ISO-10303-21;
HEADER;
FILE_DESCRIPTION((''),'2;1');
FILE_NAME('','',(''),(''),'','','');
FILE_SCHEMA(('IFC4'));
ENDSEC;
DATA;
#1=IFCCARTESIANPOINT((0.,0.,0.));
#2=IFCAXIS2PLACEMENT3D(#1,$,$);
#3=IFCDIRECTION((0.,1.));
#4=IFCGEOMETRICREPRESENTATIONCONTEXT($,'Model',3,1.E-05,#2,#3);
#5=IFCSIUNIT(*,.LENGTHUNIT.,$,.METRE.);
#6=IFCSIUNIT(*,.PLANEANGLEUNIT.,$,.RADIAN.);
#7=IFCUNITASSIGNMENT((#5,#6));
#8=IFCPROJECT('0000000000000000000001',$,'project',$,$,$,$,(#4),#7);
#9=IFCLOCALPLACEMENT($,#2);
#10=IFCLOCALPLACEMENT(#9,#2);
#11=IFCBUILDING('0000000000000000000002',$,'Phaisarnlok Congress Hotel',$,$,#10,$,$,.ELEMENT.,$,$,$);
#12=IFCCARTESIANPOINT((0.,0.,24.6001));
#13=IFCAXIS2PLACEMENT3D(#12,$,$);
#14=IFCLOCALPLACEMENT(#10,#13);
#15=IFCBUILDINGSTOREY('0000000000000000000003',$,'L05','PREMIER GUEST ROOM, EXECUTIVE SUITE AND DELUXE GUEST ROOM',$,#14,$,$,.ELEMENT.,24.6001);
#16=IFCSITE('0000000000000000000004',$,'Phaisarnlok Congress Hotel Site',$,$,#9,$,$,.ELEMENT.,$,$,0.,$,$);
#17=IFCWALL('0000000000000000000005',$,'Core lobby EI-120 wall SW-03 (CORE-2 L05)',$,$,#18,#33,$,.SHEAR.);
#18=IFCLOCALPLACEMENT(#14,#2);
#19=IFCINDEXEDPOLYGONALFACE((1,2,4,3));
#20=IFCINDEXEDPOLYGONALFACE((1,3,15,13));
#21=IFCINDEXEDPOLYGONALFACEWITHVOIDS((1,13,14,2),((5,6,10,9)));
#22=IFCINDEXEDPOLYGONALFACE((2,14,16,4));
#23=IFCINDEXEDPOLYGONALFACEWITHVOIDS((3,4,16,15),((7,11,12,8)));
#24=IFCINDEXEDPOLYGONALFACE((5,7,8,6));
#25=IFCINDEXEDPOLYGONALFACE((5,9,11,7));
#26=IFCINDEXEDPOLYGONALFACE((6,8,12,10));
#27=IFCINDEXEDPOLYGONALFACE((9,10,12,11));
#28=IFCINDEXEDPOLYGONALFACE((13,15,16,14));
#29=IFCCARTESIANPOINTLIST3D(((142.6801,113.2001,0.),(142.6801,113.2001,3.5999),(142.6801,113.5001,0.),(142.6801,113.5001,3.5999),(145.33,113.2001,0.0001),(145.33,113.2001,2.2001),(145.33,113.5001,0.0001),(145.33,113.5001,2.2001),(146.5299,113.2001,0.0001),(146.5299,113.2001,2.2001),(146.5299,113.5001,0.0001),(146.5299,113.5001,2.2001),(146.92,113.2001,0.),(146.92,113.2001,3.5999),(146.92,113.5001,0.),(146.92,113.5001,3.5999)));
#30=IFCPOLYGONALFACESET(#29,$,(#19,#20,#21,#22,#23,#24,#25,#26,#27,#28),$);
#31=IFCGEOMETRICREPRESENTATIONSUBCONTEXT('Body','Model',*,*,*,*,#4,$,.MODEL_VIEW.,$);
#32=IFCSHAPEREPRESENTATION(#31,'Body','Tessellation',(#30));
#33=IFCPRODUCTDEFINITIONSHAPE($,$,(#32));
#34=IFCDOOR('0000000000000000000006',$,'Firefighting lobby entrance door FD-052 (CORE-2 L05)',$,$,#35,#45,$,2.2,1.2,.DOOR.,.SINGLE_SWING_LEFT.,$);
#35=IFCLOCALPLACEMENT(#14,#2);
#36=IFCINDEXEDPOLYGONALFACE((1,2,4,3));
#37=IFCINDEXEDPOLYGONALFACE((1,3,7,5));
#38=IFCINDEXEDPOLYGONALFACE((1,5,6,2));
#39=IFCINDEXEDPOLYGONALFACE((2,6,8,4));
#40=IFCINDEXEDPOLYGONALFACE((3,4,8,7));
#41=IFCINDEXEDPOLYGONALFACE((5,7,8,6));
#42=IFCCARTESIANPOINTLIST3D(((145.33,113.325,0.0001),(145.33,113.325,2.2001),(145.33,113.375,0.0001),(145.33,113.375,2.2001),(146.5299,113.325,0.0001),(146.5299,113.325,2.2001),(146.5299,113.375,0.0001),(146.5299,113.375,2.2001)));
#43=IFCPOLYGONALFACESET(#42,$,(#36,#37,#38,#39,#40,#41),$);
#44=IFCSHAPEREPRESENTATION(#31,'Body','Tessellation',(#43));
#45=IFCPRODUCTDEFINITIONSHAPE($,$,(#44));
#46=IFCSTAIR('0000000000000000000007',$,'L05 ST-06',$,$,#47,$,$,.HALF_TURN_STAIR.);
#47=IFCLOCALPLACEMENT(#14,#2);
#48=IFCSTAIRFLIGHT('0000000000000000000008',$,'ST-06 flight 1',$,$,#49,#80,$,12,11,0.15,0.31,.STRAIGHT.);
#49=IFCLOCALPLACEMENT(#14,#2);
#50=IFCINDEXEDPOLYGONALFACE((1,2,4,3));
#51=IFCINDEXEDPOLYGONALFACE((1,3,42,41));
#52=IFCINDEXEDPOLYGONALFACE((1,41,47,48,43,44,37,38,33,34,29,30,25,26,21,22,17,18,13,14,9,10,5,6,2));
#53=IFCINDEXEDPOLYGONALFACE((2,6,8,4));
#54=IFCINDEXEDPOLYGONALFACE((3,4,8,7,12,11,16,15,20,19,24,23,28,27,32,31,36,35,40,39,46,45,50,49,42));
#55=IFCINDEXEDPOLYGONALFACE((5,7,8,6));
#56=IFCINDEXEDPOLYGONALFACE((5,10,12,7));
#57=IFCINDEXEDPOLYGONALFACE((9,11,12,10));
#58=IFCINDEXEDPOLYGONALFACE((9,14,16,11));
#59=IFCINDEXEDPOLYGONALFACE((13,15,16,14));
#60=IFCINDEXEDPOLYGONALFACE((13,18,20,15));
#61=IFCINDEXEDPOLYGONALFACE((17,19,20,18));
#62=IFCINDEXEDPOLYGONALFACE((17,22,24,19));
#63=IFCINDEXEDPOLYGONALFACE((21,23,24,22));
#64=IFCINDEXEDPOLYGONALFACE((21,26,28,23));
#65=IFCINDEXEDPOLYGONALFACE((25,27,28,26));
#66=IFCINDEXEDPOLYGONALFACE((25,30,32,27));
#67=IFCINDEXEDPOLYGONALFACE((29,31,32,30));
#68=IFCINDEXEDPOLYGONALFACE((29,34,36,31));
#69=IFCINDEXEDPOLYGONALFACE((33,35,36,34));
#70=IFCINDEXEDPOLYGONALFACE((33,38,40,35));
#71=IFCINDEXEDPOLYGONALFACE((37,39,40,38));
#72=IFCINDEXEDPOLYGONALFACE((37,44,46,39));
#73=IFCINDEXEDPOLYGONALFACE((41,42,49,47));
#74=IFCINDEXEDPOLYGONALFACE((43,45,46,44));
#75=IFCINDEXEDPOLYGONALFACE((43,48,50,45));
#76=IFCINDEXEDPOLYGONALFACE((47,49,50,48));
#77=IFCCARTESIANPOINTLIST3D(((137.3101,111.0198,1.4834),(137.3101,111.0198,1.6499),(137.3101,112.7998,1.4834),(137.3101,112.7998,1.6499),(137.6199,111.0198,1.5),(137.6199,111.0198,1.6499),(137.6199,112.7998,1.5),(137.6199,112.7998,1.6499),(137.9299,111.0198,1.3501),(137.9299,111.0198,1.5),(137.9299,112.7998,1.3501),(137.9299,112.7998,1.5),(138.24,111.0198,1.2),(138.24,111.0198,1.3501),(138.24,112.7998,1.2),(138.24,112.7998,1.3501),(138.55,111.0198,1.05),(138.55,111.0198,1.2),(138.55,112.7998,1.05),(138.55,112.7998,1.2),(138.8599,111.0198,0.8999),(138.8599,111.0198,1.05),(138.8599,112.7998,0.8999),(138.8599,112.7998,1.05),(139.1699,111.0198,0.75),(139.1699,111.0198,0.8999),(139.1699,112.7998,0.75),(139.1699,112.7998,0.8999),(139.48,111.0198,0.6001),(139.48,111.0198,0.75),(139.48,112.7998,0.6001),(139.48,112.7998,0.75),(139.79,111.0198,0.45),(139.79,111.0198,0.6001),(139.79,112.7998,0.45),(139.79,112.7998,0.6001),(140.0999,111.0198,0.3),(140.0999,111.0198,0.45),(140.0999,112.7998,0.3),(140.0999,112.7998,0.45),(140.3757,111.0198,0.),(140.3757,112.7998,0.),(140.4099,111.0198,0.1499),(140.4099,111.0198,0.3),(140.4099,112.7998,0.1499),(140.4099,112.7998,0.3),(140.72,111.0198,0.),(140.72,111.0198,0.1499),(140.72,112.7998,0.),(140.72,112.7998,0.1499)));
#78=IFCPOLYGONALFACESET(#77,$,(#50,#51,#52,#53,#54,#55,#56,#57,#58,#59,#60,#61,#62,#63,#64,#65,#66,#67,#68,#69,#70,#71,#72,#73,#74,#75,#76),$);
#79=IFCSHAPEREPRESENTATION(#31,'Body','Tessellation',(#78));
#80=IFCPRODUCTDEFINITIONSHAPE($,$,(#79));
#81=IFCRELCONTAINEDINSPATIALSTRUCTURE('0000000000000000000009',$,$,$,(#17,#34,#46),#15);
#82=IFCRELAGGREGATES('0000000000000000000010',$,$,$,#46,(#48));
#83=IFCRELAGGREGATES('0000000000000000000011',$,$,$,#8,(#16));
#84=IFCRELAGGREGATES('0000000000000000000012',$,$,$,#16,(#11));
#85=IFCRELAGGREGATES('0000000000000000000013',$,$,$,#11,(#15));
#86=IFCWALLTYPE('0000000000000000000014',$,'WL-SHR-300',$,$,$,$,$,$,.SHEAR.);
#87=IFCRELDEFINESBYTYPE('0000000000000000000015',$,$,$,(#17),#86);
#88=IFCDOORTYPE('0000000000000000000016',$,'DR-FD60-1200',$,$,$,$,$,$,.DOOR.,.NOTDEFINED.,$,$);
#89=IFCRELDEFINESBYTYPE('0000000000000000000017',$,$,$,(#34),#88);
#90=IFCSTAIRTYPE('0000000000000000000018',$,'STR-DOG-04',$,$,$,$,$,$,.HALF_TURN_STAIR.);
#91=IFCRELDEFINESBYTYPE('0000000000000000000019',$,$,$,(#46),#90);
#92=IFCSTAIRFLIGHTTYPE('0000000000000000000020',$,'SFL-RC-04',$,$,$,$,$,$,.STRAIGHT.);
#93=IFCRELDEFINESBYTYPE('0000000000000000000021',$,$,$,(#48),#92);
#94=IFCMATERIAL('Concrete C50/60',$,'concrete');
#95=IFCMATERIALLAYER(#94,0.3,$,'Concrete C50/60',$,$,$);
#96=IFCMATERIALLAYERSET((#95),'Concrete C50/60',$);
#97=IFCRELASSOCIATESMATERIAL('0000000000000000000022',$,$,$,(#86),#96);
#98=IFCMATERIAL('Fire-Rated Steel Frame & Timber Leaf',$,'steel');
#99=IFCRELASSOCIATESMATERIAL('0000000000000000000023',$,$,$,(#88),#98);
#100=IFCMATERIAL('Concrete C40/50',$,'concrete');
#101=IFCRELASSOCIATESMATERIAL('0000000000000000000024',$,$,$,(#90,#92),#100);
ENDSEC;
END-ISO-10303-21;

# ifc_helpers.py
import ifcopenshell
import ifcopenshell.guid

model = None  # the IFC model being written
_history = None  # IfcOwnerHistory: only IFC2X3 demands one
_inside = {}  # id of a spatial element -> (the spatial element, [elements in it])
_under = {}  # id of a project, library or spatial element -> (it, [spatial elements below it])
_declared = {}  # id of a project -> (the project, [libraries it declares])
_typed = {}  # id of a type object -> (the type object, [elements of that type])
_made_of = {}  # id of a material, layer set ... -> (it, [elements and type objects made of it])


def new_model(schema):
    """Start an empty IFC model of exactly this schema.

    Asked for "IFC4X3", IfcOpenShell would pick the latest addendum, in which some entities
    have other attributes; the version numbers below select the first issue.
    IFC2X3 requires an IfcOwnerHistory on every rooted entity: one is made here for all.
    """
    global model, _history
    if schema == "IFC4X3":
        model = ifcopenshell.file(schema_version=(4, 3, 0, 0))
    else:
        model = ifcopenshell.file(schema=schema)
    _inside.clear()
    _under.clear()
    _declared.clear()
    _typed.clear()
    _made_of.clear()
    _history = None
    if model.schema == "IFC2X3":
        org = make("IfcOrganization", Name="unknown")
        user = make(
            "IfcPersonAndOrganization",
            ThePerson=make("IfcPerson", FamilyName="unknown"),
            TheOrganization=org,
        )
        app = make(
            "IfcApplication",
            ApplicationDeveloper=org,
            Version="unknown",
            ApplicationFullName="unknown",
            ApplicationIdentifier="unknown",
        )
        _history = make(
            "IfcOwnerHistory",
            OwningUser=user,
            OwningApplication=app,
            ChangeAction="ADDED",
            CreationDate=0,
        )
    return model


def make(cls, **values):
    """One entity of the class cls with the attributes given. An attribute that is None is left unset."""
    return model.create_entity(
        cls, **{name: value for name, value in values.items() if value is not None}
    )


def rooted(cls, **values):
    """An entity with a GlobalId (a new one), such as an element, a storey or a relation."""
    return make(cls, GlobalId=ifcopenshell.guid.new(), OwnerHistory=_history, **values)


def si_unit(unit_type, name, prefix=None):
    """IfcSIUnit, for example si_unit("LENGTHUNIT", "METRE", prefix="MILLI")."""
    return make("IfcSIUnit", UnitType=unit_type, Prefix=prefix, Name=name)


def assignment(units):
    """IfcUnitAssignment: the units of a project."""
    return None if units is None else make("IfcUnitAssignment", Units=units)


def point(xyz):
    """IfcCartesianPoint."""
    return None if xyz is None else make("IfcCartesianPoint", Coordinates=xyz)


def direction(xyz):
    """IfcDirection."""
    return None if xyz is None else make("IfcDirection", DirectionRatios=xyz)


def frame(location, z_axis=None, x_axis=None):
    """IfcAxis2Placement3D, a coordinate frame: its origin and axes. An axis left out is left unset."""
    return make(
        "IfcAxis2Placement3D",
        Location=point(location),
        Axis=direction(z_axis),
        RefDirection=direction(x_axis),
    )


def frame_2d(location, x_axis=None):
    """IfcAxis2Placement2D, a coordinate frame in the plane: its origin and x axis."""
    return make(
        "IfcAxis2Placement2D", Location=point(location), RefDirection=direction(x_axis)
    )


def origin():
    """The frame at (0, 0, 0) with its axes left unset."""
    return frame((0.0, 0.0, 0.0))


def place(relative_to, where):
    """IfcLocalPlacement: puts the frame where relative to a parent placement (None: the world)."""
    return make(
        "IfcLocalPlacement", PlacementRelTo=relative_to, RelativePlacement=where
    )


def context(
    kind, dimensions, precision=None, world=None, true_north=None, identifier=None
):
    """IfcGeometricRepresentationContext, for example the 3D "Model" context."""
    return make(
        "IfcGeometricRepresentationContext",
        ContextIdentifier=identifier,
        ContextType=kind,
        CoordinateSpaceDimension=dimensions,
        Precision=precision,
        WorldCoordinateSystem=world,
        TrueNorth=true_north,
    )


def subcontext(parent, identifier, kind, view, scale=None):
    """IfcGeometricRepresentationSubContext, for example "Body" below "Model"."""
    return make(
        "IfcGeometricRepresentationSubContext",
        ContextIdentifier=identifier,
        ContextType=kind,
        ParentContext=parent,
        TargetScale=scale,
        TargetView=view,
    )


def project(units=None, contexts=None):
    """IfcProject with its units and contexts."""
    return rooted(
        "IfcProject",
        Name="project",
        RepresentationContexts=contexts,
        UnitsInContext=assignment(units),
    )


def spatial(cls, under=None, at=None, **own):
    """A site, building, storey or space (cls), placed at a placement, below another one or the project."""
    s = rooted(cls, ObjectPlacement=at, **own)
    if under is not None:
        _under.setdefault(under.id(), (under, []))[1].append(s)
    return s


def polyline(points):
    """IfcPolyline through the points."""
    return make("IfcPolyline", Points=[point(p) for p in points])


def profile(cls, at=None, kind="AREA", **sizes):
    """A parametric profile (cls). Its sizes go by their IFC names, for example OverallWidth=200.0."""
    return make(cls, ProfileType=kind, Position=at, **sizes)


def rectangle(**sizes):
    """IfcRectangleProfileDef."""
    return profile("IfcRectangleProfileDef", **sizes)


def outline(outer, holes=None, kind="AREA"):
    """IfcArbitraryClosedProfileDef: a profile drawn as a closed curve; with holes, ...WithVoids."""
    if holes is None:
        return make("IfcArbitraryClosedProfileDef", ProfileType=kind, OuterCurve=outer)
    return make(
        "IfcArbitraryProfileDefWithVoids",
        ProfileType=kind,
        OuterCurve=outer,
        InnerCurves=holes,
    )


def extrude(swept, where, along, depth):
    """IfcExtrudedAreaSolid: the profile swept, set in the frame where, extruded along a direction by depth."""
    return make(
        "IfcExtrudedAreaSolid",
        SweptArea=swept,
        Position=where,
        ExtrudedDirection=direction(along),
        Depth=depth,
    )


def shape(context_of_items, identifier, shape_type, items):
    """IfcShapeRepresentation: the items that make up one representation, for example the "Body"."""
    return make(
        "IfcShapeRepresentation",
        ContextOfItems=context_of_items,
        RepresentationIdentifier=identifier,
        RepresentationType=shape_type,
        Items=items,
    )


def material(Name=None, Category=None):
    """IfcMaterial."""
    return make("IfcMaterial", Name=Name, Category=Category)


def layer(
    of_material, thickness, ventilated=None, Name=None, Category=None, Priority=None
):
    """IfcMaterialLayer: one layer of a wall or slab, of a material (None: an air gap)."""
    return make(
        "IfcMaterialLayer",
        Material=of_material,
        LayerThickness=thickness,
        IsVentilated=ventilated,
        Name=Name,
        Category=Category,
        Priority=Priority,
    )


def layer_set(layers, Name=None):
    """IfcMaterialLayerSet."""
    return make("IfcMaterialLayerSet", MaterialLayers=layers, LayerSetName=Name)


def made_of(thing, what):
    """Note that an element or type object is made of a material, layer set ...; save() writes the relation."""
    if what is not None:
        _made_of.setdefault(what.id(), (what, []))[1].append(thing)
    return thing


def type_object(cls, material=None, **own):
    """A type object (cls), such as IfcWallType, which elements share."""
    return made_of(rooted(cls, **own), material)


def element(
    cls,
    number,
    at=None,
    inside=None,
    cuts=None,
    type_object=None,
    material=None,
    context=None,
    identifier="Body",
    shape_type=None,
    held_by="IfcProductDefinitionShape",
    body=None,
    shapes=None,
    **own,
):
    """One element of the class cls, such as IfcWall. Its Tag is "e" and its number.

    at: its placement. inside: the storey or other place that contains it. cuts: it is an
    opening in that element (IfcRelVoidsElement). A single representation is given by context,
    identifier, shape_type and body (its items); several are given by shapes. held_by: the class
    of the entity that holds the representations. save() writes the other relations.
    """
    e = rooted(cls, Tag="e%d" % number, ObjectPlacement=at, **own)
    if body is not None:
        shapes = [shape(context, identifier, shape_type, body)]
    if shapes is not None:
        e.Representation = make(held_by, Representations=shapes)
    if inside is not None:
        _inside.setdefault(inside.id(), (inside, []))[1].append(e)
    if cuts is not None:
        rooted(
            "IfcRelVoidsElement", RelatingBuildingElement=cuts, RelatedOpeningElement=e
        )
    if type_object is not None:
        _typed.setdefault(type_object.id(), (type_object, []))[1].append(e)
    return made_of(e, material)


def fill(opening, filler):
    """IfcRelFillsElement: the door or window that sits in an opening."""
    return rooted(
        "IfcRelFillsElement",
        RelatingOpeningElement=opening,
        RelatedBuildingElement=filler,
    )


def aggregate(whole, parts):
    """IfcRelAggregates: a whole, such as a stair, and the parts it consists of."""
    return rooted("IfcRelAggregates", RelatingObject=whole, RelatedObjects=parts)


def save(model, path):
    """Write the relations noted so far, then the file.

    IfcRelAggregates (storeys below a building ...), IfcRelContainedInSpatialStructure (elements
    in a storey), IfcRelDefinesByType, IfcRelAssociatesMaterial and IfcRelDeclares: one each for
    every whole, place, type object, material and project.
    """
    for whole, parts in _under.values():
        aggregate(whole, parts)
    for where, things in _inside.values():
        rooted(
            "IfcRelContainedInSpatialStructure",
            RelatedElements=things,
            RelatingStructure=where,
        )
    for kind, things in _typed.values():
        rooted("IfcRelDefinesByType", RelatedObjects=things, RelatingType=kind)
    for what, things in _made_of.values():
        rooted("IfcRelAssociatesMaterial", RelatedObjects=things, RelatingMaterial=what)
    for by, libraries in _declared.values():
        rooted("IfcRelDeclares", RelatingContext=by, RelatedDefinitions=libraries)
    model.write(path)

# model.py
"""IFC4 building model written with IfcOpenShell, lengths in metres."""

from ifc_helpers import new_model, si_unit, direction, frame, frame_2d, origin, place, context, subcontext, project, spatial, polyline, rectangle, outline, extrude, material, layer, layer_set, type_object, element, fill, aggregate, save


model = new_model("IFC4")

# Units and contexts
model_context = context("Model", 3, precision=1e-05, world=origin(), true_north=direction((0.0, 1.0)))
body_context = subcontext(model_context, "Body", "Model", "MODEL_VIEW")
ifc_project = project(units=[si_unit("LENGTHUNIT", "METRE"), si_unit("PLANEANGLEUNIT", "RADIAN")], contexts=[model_context])

# Site, building, storey
site_placement = place(None, origin())
site = spatial("IfcSite", under=ifc_project, at=site_placement, Name="Phaisarnlok Congress Hotel Site", CompositionType="ELEMENT", RefElevation=0.0)
building_placement = place(site_placement, origin())
building = spatial("IfcBuilding", under=site, at=building_placement, Name="Phaisarnlok Congress Hotel", CompositionType="ELEMENT")
storey_placement = place(building_placement, frame((0.0, 0.0, 24.6001)))
storey = spatial("IfcBuildingStorey", under=building, at=storey_placement, Name="L05", Description="PREMIER GUEST ROOM, EXECUTIVE SUITE AND DELUXE GUEST ROOM", CompositionType="ELEMENT", Elevation=24.6001)

# Shared definitions
ifc_material_1 = material(Name="Concrete C50/60", Category="concrete")

# Shared definitions
ifc_material_2 = material(Name="Concrete C40/50", Category="concrete")

# Shared definitions
ifc_material_3 = material(Name="Fire-Rated Steel Frame & Timber Leaf", Category="steel")

# Shared definitions
ifc_layer_1 = layer(ifc_material_1, 0.3, Name="Concrete C50/60")
ifc_layer_set_1 = layer_set([ifc_layer_1], Name="Concrete C50/60")
wall_type_1 = type_object("IfcWallType", Name="WL-SHR-300", PredefinedType="SHEAR", material=ifc_layer_set_1)

# Wall, opening, door
wall_1_placement = place(storey_placement, frame((142.6799, 113.3501, 0.0), z_axis=(0.0, 0.0, 1.0), x_axis=(1.0, 0.0, 0.0)))
wall_1 = element("IfcWall", 1, at=wall_1_placement, inside=storey, type_object=wall_type_1, Name="Core lobby EI-120 wall SW-03 (CORE-2 L05)", PredefinedType="SHEAR", context=body_context, shape_type="SweptSolid", body=[
    extrude(rectangle(XDim=4.24, YDim=0.3, at=frame_2d((2.1201, 0.0))), origin(), (0.0, 0.0, 1.0), 3.5999),
])
opening_1_placement = place(wall_1_placement, frame((2.6499, 0.0, 0.0)))
opening_1 = element("IfcOpeningElement", 2, at=opening_1_placement, cuts=wall_1, PredefinedType="OPENING", context=body_context, shape_type="SweptSolid", body=[
    extrude(rectangle(XDim=1.2, YDim=2.2, at=frame_2d((0.6001, 1.1001))), frame((0.0, 0.1602, 0.0), z_axis=(0.0, -1.0, 0.0), x_axis=(1.0, 0.0, 0.0)), (0.0, 0.0, 1.0), 0.3201),
])
door_type_1 = type_object("IfcDoorType", Name="DR-FD60-1200", OperationType="NOTDEFINED", PredefinedType="DOOR", material=ifc_material_3)
door_1_placement = place(opening_1_placement, origin())
door_1 = element("IfcDoor", 3, at=door_1_placement, inside=storey, type_object=door_type_1, Name="Firefighting lobby entrance door FD-052 (CORE-2 L05)", OperationType="SINGLE_SWING_LEFT", OverallHeight=2.2, OverallWidth=1.2, PredefinedType="DOOR", context=body_context, shape_type="SweptSolid", body=[
    extrude(rectangle(XDim=1.2, YDim=2.2, at=frame_2d((0.6001, 1.1001))), frame((0.0, 0.0249, 0.0), z_axis=(0.0, -1.0, 0.0), x_axis=(1.0, 0.0, 0.0)), (0.0, 0.0, 1.0), 0.05),
])
fill(opening_1, door_1)

# Stair, stair flight
stair_type = type_object("IfcStairType", Name="STR-DOG-04", PredefinedType="HALF_TURN_STAIR", material=ifc_material_2)
stair_placement = place(storey_placement, origin())
stair = element("IfcStair", 4, at=stair_placement, inside=storey, type_object=stair_type, Name="L05 ST-06", PredefinedType="HALF_TURN_STAIR")
stair_flight_type = type_object("IfcStairFlightType", Name="SFL-RC-04", PredefinedType="STRAIGHT", material=ifc_material_2)
stair_flight_placement = place(storey_placement, frame((140.72, 111.9099, 0.0), z_axis=(0.0, 0.0, 1.0), x_axis=(-1.0, 0.0, 0.0)))
stair_flight = element("IfcStairFlight", 5, at=stair_flight_placement, type_object=stair_flight_type, Name="ST-06 flight 1", NumberOfRisers=12, NumberOfTreads=11, PredefinedType="STRAIGHT", RiserHeight=0.15, TreadLength=0.31, context=body_context, shape_type="SweptSolid", body=[
    extrude(outline(polyline([(0.0, 0.0), (0.0, 0.1499), (0.3101, 0.1499), (0.3101, 0.3), (0.6201, 0.3), (0.6201, 0.45), (0.9299, 0.45), (0.9299, 0.6001), (1.24, 0.6001), (1.24, 0.75), (1.55, 0.75), (1.55, 0.8999), (1.8601, 0.8999), (1.8601, 1.05), (2.1699, 1.05), (2.1699, 1.2), (2.48, 1.2), (2.48, 1.3501), (2.79, 1.3501), (2.79, 1.5), (3.1001, 1.5), (3.1001, 1.6499), (3.4099, 1.6499), (3.4099, 1.8), (3.4099, 1.4834), (0.3442, 0.0), (0.0, 0.0)])), frame((0.0, 0.8901, 0.0), z_axis=(0.0, -1.0, 0.0), x_axis=(1.0, 0.0, 0.0)), (0.0, 0.0, 1.0), 1.78),
])
aggregate(stair, [stair_flight])

save(model, "model.ifc")
